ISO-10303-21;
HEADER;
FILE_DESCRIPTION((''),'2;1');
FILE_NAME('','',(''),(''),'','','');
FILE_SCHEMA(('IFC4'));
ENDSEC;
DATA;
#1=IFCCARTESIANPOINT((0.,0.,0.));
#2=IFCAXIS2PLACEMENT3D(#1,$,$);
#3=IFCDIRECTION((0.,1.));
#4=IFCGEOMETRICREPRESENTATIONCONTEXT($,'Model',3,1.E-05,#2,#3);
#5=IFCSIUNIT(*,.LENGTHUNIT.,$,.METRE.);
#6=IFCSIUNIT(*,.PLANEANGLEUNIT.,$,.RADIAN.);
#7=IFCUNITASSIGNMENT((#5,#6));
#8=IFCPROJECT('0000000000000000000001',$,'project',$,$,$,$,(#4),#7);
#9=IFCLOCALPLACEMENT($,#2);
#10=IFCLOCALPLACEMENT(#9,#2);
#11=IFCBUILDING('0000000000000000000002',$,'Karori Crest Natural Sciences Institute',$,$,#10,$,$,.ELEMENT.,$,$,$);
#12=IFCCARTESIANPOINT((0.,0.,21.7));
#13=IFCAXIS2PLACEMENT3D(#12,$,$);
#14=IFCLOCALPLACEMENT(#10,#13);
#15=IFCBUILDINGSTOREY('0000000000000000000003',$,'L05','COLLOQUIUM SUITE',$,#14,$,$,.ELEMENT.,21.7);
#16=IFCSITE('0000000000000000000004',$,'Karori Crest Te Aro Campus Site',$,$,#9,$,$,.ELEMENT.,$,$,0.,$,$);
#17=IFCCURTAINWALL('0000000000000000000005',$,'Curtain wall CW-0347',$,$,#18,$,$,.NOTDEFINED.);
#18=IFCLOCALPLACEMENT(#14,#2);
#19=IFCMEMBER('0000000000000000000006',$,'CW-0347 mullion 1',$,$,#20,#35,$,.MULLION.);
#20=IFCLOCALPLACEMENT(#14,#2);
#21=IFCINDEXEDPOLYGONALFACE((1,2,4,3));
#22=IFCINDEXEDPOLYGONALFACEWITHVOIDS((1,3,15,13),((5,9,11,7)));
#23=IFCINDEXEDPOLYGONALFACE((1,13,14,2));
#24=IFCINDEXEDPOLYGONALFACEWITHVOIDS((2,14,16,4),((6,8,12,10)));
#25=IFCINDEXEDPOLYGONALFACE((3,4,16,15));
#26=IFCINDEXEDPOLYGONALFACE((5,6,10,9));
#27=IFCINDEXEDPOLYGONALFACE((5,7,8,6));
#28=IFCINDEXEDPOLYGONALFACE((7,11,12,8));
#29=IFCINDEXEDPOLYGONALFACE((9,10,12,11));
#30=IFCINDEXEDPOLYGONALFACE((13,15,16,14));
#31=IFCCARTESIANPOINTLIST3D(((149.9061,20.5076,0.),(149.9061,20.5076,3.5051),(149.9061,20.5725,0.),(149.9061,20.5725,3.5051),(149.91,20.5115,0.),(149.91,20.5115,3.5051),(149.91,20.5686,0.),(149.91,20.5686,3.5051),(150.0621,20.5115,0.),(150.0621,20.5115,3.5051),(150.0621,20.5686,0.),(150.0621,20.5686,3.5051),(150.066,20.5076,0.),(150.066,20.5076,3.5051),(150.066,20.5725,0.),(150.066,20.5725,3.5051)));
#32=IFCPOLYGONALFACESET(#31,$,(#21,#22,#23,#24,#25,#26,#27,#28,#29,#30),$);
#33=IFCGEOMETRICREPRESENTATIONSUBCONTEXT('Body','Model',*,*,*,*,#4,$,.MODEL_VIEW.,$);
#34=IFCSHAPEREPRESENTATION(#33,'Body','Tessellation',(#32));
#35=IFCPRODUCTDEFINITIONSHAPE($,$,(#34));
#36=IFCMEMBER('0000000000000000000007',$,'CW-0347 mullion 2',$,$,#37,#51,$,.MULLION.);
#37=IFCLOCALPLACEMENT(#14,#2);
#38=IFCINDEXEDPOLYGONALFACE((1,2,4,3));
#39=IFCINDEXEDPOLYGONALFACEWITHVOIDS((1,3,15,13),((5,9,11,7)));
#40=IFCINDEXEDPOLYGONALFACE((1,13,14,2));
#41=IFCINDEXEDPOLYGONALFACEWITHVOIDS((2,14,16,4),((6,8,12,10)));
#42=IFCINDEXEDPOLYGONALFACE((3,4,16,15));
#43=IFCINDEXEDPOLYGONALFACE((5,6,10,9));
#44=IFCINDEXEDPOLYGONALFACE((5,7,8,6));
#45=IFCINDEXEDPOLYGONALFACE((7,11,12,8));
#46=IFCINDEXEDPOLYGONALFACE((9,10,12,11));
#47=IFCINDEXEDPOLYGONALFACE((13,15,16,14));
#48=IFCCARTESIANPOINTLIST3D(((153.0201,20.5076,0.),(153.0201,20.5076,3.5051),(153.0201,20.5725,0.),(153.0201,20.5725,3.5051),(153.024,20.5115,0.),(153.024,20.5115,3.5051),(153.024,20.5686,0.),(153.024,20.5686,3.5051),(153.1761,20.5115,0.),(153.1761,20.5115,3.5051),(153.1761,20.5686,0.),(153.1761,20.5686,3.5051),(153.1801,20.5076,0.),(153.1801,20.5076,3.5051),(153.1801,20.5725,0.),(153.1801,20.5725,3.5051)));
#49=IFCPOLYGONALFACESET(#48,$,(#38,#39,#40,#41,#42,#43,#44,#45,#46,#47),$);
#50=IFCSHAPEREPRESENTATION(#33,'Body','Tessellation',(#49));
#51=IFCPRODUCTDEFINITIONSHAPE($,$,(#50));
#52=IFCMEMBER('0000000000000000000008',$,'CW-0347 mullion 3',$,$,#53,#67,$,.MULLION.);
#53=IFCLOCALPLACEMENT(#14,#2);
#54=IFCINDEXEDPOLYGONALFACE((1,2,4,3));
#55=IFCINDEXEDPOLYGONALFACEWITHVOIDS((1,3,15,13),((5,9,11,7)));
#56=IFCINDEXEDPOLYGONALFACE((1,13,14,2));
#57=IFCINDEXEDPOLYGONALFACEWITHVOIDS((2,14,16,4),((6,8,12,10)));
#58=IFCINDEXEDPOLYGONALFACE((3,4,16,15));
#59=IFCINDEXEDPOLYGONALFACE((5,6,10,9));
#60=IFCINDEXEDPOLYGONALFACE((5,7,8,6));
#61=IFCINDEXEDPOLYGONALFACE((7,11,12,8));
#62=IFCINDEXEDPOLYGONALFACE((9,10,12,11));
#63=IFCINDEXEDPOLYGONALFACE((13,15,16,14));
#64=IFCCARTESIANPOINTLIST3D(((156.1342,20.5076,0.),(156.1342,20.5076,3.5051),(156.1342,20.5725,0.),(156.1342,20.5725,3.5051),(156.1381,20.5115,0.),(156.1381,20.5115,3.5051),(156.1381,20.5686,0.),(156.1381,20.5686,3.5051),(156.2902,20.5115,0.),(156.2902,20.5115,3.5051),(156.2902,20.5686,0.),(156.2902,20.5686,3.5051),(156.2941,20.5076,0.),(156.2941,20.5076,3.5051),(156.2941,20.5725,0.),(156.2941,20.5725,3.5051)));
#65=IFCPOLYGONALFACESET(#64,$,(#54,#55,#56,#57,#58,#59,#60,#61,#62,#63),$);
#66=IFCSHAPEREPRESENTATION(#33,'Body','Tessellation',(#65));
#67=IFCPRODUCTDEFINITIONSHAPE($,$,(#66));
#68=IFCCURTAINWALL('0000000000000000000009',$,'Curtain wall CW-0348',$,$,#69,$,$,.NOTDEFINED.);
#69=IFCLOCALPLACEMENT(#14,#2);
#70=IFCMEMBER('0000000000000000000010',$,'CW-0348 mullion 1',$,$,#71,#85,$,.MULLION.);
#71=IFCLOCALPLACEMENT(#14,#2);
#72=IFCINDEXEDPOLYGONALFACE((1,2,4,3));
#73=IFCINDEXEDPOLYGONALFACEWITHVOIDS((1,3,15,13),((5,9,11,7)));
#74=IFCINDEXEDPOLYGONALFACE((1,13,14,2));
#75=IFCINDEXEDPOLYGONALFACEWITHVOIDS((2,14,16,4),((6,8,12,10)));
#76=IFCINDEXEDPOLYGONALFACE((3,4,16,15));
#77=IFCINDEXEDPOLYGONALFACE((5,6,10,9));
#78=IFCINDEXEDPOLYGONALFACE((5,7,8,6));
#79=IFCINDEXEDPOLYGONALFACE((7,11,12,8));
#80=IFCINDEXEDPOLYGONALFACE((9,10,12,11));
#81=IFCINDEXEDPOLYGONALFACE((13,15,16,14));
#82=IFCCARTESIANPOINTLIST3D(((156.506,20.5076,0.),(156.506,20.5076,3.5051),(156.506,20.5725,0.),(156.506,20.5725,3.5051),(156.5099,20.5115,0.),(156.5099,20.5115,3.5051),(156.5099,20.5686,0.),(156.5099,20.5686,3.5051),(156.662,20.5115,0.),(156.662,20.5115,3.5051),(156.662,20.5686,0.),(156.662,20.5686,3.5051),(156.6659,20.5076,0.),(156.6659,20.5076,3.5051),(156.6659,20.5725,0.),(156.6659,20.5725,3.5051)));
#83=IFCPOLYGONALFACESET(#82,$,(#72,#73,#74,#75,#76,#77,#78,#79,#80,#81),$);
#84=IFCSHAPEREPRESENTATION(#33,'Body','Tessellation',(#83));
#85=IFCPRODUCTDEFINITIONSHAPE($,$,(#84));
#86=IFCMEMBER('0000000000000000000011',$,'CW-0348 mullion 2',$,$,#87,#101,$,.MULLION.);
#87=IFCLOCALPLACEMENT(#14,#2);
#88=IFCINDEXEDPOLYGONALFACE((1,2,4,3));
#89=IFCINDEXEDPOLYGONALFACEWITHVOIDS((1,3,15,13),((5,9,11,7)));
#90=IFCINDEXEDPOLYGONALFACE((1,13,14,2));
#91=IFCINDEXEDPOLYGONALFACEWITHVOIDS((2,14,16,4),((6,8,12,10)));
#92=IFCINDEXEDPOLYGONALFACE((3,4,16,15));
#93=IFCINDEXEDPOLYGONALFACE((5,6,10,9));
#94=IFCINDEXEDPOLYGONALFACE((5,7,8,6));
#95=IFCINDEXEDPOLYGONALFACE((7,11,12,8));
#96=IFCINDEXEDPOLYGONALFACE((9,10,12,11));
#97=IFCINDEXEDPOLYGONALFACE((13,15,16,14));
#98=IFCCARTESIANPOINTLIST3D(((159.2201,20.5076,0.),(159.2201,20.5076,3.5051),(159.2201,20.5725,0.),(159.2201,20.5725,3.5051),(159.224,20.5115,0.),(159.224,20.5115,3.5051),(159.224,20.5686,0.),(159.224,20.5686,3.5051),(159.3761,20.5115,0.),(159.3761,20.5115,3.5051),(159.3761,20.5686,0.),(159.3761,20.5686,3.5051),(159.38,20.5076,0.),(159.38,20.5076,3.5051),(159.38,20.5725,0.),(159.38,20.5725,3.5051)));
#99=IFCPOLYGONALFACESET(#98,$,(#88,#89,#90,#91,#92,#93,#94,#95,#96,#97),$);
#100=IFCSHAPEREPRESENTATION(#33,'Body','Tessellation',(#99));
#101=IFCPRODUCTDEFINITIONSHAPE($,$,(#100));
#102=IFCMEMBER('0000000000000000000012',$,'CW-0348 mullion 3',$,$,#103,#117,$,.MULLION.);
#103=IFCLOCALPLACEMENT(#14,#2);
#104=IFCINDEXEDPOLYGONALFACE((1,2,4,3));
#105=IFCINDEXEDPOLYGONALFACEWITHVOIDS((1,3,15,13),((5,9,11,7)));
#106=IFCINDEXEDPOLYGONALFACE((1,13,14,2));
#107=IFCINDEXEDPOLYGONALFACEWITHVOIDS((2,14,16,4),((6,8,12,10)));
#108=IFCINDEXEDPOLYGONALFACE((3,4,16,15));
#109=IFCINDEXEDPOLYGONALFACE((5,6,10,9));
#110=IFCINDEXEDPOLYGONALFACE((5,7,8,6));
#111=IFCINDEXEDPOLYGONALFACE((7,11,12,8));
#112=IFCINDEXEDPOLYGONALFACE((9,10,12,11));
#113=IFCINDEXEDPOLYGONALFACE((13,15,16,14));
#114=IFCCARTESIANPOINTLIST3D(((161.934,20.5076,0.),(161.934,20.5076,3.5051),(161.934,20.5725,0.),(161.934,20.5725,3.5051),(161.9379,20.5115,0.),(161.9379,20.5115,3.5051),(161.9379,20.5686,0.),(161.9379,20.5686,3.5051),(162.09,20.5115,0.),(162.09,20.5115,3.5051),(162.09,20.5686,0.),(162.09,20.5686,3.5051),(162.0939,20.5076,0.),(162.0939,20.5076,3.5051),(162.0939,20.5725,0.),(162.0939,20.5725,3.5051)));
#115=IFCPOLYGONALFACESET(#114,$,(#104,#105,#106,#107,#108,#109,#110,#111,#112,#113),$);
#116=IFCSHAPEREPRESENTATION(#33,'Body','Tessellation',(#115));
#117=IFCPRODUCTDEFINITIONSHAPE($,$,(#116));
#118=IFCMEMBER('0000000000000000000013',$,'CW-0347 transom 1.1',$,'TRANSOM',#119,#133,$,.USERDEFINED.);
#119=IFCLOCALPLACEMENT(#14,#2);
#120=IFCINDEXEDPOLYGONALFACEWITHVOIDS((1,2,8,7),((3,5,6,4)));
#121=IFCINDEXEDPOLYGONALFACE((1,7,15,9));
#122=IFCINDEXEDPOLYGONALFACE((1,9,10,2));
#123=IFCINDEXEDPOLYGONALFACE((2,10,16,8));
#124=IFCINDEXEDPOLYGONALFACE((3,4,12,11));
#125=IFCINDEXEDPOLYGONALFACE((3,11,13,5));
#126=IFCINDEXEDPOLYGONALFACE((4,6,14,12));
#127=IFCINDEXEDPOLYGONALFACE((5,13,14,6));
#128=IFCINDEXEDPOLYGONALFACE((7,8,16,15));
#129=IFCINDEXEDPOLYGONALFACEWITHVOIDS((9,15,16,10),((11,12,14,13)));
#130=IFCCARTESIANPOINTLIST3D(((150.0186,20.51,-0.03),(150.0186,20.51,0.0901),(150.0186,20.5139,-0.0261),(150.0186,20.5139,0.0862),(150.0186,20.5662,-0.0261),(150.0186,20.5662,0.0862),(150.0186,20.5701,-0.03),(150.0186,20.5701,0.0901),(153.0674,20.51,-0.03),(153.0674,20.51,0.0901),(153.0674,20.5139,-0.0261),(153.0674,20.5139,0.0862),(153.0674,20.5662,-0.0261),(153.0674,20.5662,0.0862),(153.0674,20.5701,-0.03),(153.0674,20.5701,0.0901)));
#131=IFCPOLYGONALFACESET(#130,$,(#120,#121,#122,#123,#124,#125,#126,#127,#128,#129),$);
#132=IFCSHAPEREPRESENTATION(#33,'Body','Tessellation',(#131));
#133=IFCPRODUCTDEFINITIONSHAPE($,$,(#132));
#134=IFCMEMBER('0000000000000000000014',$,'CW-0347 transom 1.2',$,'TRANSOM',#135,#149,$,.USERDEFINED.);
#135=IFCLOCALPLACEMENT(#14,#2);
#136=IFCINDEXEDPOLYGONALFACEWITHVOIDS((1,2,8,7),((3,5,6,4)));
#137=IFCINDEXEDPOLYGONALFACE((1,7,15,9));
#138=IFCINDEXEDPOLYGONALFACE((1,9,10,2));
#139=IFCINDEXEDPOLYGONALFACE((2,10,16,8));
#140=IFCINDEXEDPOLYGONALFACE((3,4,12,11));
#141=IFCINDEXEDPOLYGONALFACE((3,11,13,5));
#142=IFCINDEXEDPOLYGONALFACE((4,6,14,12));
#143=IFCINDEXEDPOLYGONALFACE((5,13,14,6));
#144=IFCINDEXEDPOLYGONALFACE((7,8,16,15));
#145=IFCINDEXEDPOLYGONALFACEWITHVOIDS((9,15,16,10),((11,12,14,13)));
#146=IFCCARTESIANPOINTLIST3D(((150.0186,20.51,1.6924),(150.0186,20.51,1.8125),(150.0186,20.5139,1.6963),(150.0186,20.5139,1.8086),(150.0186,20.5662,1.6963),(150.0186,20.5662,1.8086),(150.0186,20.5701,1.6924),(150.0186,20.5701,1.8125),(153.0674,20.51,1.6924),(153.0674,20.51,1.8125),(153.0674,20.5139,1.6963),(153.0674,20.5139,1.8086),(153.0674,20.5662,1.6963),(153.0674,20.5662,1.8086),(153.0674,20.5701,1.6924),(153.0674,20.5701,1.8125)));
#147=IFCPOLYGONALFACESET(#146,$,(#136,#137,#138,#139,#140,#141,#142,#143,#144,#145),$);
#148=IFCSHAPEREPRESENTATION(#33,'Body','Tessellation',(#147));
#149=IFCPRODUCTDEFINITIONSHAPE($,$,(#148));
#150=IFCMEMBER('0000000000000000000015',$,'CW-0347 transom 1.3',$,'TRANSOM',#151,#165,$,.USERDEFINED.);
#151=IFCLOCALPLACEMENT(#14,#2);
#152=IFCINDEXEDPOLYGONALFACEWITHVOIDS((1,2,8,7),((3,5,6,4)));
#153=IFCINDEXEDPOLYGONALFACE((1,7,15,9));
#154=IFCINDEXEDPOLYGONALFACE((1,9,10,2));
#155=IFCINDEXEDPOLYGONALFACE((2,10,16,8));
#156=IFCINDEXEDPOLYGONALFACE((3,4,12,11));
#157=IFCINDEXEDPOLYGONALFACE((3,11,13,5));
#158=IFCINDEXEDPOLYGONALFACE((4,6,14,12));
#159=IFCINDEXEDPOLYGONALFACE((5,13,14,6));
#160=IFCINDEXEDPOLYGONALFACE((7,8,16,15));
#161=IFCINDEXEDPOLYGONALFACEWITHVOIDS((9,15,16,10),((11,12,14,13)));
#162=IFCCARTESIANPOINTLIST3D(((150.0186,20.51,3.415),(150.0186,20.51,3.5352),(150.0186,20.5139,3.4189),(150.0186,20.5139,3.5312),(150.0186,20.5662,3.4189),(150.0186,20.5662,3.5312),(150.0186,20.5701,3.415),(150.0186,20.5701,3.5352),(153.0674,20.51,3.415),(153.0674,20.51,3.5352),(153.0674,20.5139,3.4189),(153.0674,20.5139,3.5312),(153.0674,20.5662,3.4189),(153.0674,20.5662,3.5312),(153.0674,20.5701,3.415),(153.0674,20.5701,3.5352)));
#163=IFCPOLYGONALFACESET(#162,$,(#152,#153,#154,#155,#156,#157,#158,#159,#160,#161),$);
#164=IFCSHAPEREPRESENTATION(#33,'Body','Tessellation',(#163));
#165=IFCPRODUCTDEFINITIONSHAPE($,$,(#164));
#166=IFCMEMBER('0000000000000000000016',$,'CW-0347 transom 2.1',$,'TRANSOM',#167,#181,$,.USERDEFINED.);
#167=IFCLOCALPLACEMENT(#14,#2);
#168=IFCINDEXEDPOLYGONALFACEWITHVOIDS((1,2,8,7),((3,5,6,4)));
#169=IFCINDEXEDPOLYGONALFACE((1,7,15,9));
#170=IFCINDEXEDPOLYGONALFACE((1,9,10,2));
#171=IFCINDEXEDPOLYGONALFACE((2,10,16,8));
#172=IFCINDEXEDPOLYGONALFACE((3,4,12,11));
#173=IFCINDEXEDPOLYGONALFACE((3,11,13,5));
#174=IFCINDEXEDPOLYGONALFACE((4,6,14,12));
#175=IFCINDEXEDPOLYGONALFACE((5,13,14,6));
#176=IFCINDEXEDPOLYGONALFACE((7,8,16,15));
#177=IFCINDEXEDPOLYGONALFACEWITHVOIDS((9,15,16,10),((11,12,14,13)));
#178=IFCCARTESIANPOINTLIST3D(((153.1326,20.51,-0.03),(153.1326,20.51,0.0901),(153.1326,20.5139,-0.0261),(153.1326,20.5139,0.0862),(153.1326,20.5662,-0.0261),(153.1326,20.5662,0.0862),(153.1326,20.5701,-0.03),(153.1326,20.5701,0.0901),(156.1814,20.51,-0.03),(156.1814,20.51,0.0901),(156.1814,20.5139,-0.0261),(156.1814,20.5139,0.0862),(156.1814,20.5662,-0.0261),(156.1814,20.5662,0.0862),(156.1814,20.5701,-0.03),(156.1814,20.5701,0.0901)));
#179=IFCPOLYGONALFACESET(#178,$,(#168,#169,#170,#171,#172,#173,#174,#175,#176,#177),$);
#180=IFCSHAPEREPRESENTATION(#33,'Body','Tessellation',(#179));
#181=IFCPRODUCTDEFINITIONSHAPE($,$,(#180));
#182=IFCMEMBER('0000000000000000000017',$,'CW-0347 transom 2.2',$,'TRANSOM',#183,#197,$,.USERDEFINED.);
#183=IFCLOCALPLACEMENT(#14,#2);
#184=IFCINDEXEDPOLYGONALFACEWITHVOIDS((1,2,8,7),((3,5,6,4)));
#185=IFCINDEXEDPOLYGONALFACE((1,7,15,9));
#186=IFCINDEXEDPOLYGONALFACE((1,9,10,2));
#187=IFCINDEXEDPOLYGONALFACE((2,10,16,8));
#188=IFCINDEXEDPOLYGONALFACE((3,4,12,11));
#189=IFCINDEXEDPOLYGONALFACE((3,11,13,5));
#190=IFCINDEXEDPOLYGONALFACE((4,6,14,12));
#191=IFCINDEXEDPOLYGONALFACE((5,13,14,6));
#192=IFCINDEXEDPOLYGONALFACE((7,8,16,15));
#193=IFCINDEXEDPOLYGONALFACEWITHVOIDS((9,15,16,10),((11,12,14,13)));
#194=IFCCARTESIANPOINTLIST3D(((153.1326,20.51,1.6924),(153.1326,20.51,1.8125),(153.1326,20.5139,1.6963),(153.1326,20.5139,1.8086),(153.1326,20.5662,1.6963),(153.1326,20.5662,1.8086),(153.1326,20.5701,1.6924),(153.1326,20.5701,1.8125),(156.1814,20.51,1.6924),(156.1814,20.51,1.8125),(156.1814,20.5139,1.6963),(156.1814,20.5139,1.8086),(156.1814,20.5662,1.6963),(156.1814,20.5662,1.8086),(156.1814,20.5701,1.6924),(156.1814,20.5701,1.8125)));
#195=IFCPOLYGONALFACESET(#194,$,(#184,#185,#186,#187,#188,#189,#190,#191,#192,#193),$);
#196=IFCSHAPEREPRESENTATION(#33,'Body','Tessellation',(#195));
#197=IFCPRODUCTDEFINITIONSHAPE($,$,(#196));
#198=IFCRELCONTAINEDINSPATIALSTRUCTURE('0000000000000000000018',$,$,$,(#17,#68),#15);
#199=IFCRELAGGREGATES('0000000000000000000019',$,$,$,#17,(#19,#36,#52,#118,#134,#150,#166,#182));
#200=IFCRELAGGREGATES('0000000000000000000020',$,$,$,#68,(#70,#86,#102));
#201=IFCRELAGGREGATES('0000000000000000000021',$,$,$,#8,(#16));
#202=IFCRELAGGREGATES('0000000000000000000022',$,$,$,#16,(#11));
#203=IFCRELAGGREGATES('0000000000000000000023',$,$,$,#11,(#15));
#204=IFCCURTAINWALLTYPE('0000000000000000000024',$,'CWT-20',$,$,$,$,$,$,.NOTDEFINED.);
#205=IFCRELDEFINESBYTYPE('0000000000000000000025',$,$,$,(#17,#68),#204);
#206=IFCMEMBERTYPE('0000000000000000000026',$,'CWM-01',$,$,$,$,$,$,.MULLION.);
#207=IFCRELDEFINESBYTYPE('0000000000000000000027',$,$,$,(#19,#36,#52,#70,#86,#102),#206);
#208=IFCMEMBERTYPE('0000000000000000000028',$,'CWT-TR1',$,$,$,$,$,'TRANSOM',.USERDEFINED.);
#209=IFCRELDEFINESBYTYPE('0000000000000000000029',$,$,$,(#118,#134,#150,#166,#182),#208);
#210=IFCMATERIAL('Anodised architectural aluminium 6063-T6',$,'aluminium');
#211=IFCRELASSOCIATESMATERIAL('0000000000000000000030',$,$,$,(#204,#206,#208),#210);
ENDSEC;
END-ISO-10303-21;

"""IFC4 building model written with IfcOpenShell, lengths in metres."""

from ifc_helpers import new_model, si_unit, direction, frame, origin, origin_2d, place, context, subcontext, project, spatial, hollow_rectangle, extrude, material, material_profile, profile_set, type_object, element, aggregate, save


model = new_model("IFC4")

# Units and contexts
model_context = context("Model", 3, precision=1e-05, world=origin(), true_north=direction((0.0, 1.0)))
body_context = subcontext(model_context, "Body", "Model", "MODEL_VIEW")
ifc_project = project(units=[si_unit("LENGTHUNIT", "METRE"), si_unit("PLANEANGLEUNIT", "RADIAN")], contexts=[model_context])

# Site, building, storey
site_placement = place(None, origin())
site = spatial("IfcSite", under=ifc_project, at=site_placement, Name="Karori Crest Te Aro Campus Site", CompositionType="ELEMENT", RefElevation=0.0)
building_placement = place(site_placement, origin())
building = spatial("IfcBuilding", under=site, at=building_placement, Name="Karori Crest Natural Sciences Institute", CompositionType="ELEMENT")
storey_placement = place(building_placement, frame((0.0, 0.0, 21.7)))
storey = spatial("IfcBuildingStorey", under=building, at=storey_placement, Name="L05", Description="COLLOQUIUM SUITE", CompositionType="ELEMENT", Elevation=21.7)

# Shared definitions
ifc_material_1 = material(Name="Anodised architectural aluminium 6063-T6", Category="aluminium")
curtain_wall_type = type_object("IfcCurtainWallType", Name="CWT-20", PredefinedType="NOTDEFINED", material=ifc_material_1)
ifc_material_profile_1 = material_profile(ifc_material_1, hollow_rectangle(XDim=0.0649, YDim=0.1599, WallThickness=0.0039, at=origin_2d()), Name="CWM160x65x4")
ifc_profile_set_1 = profile_set([ifc_material_profile_1], Name="Anodised architectural aluminium 6063-T6")
member_type_1 = type_object("IfcMemberType", Name="CWM-01", PredefinedType="MULLION", material=ifc_profile_set_1)

# Curtain walls, members
curtain_wall_1_placement = place(storey_placement, origin())
curtain_wall_1 = element("IfcCurtainWall", 1, at=curtain_wall_1_placement, inside=storey, type_object=curtain_wall_type, Name="Curtain wall CW-0347", PredefinedType="NOTDEFINED")
member_1_placement = place(storey_placement, frame((149.9861, 20.54, 0.0), z_axis=(0.0, 0.0, 1.0), x_axis=(0.0, 1.0, 0.0)))
member_1 = element("IfcMember", 2, at=member_1_placement, type_object=member_type_1, Name="CW-0347 mullion 1", PredefinedType="MULLION", context=body_context, shape_type="SweptSolid", body=[
    extrude(hollow_rectangle(XDim=0.0649, YDim=0.1599, WallThickness=0.0039, at=origin_2d()), origin(), (0.0, 0.0, 1.0), 3.5051),
])
member_2_placement = place(storey_placement, frame((153.1001, 20.54, 0.0), z_axis=(0.0, 0.0, 1.0), x_axis=(0.0, 1.0, 0.0)))
member_2 = element("IfcMember", 3, at=member_2_placement, type_object=member_type_1, Name="CW-0347 mullion 2", PredefinedType="MULLION", context=body_context, shape_type="SweptSolid", body=[
    extrude(hollow_rectangle(XDim=0.0649, YDim=0.1599, WallThickness=0.0039, at=origin_2d()), origin(), (0.0, 0.0, 1.0), 3.5051),
])
member_3_placement = place(storey_placement, frame((156.2141, 20.54, 0.0), z_axis=(0.0, 0.0, 1.0), x_axis=(0.0, 1.0, 0.0)))
member_3 = element("IfcMember", 4, at=member_3_placement, type_object=member_type_1, Name="CW-0347 mullion 3", PredefinedType="MULLION", context=body_context, shape_type="SweptSolid", body=[
    extrude(hollow_rectangle(XDim=0.0649, YDim=0.1599, WallThickness=0.0039, at=origin_2d()), origin(), (0.0, 0.0, 1.0), 3.5051),
])
curtain_wall_2_placement = place(storey_placement, origin())
curtain_wall_2 = element("IfcCurtainWall", 5, at=curtain_wall_2_placement, inside=storey, type_object=curtain_wall_type, Name="Curtain wall CW-0348", PredefinedType="NOTDEFINED")
member_4_placement = place(storey_placement, frame((156.5859, 20.54, 0.0), z_axis=(0.0, 0.0, 1.0), x_axis=(0.0, 1.0, 0.0)))
member_4 = element("IfcMember", 6, at=member_4_placement, type_object=member_type_1, Name="CW-0348 mullion 1", PredefinedType="MULLION", context=body_context, shape_type="SweptSolid", body=[
    extrude(hollow_rectangle(XDim=0.0649, YDim=0.1599, WallThickness=0.0039, at=origin_2d()), origin(), (0.0, 0.0, 1.0), 3.5051),
])
member_5_placement = place(storey_placement, frame((159.3, 20.54, 0.0), z_axis=(0.0, 0.0, 1.0), x_axis=(0.0, 1.0, 0.0)))
member_5 = element("IfcMember", 7, at=member_5_placement, type_object=member_type_1, Name="CW-0348 mullion 2", PredefinedType="MULLION", context=body_context, shape_type="SweptSolid", body=[
    extrude(hollow_rectangle(XDim=0.0649, YDim=0.1599, WallThickness=0.0039, at=origin_2d()), origin(), (0.0, 0.0, 1.0), 3.5051),
])
member_6_placement = place(storey_placement, frame((162.0139, 20.54, 0.0), z_axis=(0.0, 0.0, 1.0), x_axis=(0.0, 1.0, 0.0)))
member_6 = element("IfcMember", 8, at=member_6_placement, type_object=member_type_1, Name="CW-0348 mullion 3", PredefinedType="MULLION", context=body_context, shape_type="SweptSolid", body=[
    extrude(hollow_rectangle(XDim=0.0649, YDim=0.1599, WallThickness=0.0039, at=origin_2d()), origin(), (0.0, 0.0, 1.0), 3.5051),
])

# Members
ifc_material_profile_2 = material_profile(ifc_material_1, hollow_rectangle(XDim=0.0601, YDim=0.1201, WallThickness=0.0039, at=origin_2d()), Name="CWT120x60x4")
ifc_profile_set_2 = profile_set([ifc_material_profile_2], Name="Anodised architectural aluminium 6063-T6")
member_type_2 = type_object("IfcMemberType", Name="CWT-TR1", ElementType="TRANSOM", PredefinedType="USERDEFINED", material=ifc_profile_set_2)
member_7_placement = place(storey_placement, frame((150.0186, 20.54, 0.03), z_axis=(1.0, 0.0, 0.0), x_axis=(0.0, 1.0, 0.0)))
member_7 = element("IfcMember", 9, at=member_7_placement, type_object=member_type_2, Name="CW-0347 transom 1.1", ObjectType="TRANSOM", PredefinedType="USERDEFINED", context=body_context, shape_type="SweptSolid", body=[
    extrude(hollow_rectangle(XDim=0.0601, YDim=0.1201, WallThickness=0.0039, at=origin_2d()), origin(), (0.0, 0.0, 1.0), 3.0488),
])
member_8_placement = place(storey_placement, frame((150.0186, 20.54, 1.7524), z_axis=(1.0, 0.0, 0.0), x_axis=(0.0, 1.0, 0.0)))
member_8 = element("IfcMember", 10, at=member_8_placement, type_object=member_type_2, Name="CW-0347 transom 1.2", ObjectType="TRANSOM", PredefinedType="USERDEFINED", context=body_context, shape_type="SweptSolid", body=[
    extrude(hollow_rectangle(XDim=0.0601, YDim=0.1201, WallThickness=0.0039, at=origin_2d()), origin(), (0.0, 0.0, 1.0), 3.0488),
])
member_9_placement = place(storey_placement, frame((150.0186, 20.54, 3.4751), z_axis=(1.0, 0.0, 0.0), x_axis=(0.0, 1.0, 0.0)))
member_9 = element("IfcMember", 11, at=member_9_placement, type_object=member_type_2, Name="CW-0347 transom 1.3", ObjectType="TRANSOM", PredefinedType="USERDEFINED", context=body_context, shape_type="SweptSolid", body=[
    extrude(hollow_rectangle(XDim=0.0601, YDim=0.1201, WallThickness=0.0039, at=origin_2d()), origin(), (0.0, 0.0, 1.0), 3.0488),
])
member_10_placement = place(storey_placement, frame((153.1326, 20.54, 0.03), z_axis=(1.0, 0.0, 0.0), x_axis=(0.0, 1.0, 0.0)))
member_10 = element("IfcMember", 12, at=member_10_placement, type_object=member_type_2, Name="CW-0347 transom 2.1", ObjectType="TRANSOM", PredefinedType="USERDEFINED", context=body_context, shape_type="SweptSolid", body=[
    extrude(hollow_rectangle(XDim=0.0601, YDim=0.1201, WallThickness=0.0039, at=origin_2d()), origin(), (0.0, 0.0, 1.0), 3.0488),
])
member_11_placement = place(storey_placement, frame((153.1326, 20.54, 1.7524), z_axis=(1.0, 0.0, 0.0), x_axis=(0.0, 1.0, 0.0)))
member_11 = element("IfcMember", 13, at=member_11_placement, type_object=member_type_2, Name="CW-0347 transom 2.2", ObjectType="TRANSOM", PredefinedType="USERDEFINED", context=body_context, shape_type="SweptSolid", body=[
    extrude(hollow_rectangle(XDim=0.0601, YDim=0.1201, WallThickness=0.0039, at=origin_2d()), origin(), (0.0, 0.0, 1.0), 3.0488),
])

aggregate(curtain_wall_1, [member_1, member_2, member_3, member_7, member_8, member_9, member_10, member_11])
aggregate(curtain_wall_2, [member_4, member_5, member_6])

save(model, "model.ifc")
